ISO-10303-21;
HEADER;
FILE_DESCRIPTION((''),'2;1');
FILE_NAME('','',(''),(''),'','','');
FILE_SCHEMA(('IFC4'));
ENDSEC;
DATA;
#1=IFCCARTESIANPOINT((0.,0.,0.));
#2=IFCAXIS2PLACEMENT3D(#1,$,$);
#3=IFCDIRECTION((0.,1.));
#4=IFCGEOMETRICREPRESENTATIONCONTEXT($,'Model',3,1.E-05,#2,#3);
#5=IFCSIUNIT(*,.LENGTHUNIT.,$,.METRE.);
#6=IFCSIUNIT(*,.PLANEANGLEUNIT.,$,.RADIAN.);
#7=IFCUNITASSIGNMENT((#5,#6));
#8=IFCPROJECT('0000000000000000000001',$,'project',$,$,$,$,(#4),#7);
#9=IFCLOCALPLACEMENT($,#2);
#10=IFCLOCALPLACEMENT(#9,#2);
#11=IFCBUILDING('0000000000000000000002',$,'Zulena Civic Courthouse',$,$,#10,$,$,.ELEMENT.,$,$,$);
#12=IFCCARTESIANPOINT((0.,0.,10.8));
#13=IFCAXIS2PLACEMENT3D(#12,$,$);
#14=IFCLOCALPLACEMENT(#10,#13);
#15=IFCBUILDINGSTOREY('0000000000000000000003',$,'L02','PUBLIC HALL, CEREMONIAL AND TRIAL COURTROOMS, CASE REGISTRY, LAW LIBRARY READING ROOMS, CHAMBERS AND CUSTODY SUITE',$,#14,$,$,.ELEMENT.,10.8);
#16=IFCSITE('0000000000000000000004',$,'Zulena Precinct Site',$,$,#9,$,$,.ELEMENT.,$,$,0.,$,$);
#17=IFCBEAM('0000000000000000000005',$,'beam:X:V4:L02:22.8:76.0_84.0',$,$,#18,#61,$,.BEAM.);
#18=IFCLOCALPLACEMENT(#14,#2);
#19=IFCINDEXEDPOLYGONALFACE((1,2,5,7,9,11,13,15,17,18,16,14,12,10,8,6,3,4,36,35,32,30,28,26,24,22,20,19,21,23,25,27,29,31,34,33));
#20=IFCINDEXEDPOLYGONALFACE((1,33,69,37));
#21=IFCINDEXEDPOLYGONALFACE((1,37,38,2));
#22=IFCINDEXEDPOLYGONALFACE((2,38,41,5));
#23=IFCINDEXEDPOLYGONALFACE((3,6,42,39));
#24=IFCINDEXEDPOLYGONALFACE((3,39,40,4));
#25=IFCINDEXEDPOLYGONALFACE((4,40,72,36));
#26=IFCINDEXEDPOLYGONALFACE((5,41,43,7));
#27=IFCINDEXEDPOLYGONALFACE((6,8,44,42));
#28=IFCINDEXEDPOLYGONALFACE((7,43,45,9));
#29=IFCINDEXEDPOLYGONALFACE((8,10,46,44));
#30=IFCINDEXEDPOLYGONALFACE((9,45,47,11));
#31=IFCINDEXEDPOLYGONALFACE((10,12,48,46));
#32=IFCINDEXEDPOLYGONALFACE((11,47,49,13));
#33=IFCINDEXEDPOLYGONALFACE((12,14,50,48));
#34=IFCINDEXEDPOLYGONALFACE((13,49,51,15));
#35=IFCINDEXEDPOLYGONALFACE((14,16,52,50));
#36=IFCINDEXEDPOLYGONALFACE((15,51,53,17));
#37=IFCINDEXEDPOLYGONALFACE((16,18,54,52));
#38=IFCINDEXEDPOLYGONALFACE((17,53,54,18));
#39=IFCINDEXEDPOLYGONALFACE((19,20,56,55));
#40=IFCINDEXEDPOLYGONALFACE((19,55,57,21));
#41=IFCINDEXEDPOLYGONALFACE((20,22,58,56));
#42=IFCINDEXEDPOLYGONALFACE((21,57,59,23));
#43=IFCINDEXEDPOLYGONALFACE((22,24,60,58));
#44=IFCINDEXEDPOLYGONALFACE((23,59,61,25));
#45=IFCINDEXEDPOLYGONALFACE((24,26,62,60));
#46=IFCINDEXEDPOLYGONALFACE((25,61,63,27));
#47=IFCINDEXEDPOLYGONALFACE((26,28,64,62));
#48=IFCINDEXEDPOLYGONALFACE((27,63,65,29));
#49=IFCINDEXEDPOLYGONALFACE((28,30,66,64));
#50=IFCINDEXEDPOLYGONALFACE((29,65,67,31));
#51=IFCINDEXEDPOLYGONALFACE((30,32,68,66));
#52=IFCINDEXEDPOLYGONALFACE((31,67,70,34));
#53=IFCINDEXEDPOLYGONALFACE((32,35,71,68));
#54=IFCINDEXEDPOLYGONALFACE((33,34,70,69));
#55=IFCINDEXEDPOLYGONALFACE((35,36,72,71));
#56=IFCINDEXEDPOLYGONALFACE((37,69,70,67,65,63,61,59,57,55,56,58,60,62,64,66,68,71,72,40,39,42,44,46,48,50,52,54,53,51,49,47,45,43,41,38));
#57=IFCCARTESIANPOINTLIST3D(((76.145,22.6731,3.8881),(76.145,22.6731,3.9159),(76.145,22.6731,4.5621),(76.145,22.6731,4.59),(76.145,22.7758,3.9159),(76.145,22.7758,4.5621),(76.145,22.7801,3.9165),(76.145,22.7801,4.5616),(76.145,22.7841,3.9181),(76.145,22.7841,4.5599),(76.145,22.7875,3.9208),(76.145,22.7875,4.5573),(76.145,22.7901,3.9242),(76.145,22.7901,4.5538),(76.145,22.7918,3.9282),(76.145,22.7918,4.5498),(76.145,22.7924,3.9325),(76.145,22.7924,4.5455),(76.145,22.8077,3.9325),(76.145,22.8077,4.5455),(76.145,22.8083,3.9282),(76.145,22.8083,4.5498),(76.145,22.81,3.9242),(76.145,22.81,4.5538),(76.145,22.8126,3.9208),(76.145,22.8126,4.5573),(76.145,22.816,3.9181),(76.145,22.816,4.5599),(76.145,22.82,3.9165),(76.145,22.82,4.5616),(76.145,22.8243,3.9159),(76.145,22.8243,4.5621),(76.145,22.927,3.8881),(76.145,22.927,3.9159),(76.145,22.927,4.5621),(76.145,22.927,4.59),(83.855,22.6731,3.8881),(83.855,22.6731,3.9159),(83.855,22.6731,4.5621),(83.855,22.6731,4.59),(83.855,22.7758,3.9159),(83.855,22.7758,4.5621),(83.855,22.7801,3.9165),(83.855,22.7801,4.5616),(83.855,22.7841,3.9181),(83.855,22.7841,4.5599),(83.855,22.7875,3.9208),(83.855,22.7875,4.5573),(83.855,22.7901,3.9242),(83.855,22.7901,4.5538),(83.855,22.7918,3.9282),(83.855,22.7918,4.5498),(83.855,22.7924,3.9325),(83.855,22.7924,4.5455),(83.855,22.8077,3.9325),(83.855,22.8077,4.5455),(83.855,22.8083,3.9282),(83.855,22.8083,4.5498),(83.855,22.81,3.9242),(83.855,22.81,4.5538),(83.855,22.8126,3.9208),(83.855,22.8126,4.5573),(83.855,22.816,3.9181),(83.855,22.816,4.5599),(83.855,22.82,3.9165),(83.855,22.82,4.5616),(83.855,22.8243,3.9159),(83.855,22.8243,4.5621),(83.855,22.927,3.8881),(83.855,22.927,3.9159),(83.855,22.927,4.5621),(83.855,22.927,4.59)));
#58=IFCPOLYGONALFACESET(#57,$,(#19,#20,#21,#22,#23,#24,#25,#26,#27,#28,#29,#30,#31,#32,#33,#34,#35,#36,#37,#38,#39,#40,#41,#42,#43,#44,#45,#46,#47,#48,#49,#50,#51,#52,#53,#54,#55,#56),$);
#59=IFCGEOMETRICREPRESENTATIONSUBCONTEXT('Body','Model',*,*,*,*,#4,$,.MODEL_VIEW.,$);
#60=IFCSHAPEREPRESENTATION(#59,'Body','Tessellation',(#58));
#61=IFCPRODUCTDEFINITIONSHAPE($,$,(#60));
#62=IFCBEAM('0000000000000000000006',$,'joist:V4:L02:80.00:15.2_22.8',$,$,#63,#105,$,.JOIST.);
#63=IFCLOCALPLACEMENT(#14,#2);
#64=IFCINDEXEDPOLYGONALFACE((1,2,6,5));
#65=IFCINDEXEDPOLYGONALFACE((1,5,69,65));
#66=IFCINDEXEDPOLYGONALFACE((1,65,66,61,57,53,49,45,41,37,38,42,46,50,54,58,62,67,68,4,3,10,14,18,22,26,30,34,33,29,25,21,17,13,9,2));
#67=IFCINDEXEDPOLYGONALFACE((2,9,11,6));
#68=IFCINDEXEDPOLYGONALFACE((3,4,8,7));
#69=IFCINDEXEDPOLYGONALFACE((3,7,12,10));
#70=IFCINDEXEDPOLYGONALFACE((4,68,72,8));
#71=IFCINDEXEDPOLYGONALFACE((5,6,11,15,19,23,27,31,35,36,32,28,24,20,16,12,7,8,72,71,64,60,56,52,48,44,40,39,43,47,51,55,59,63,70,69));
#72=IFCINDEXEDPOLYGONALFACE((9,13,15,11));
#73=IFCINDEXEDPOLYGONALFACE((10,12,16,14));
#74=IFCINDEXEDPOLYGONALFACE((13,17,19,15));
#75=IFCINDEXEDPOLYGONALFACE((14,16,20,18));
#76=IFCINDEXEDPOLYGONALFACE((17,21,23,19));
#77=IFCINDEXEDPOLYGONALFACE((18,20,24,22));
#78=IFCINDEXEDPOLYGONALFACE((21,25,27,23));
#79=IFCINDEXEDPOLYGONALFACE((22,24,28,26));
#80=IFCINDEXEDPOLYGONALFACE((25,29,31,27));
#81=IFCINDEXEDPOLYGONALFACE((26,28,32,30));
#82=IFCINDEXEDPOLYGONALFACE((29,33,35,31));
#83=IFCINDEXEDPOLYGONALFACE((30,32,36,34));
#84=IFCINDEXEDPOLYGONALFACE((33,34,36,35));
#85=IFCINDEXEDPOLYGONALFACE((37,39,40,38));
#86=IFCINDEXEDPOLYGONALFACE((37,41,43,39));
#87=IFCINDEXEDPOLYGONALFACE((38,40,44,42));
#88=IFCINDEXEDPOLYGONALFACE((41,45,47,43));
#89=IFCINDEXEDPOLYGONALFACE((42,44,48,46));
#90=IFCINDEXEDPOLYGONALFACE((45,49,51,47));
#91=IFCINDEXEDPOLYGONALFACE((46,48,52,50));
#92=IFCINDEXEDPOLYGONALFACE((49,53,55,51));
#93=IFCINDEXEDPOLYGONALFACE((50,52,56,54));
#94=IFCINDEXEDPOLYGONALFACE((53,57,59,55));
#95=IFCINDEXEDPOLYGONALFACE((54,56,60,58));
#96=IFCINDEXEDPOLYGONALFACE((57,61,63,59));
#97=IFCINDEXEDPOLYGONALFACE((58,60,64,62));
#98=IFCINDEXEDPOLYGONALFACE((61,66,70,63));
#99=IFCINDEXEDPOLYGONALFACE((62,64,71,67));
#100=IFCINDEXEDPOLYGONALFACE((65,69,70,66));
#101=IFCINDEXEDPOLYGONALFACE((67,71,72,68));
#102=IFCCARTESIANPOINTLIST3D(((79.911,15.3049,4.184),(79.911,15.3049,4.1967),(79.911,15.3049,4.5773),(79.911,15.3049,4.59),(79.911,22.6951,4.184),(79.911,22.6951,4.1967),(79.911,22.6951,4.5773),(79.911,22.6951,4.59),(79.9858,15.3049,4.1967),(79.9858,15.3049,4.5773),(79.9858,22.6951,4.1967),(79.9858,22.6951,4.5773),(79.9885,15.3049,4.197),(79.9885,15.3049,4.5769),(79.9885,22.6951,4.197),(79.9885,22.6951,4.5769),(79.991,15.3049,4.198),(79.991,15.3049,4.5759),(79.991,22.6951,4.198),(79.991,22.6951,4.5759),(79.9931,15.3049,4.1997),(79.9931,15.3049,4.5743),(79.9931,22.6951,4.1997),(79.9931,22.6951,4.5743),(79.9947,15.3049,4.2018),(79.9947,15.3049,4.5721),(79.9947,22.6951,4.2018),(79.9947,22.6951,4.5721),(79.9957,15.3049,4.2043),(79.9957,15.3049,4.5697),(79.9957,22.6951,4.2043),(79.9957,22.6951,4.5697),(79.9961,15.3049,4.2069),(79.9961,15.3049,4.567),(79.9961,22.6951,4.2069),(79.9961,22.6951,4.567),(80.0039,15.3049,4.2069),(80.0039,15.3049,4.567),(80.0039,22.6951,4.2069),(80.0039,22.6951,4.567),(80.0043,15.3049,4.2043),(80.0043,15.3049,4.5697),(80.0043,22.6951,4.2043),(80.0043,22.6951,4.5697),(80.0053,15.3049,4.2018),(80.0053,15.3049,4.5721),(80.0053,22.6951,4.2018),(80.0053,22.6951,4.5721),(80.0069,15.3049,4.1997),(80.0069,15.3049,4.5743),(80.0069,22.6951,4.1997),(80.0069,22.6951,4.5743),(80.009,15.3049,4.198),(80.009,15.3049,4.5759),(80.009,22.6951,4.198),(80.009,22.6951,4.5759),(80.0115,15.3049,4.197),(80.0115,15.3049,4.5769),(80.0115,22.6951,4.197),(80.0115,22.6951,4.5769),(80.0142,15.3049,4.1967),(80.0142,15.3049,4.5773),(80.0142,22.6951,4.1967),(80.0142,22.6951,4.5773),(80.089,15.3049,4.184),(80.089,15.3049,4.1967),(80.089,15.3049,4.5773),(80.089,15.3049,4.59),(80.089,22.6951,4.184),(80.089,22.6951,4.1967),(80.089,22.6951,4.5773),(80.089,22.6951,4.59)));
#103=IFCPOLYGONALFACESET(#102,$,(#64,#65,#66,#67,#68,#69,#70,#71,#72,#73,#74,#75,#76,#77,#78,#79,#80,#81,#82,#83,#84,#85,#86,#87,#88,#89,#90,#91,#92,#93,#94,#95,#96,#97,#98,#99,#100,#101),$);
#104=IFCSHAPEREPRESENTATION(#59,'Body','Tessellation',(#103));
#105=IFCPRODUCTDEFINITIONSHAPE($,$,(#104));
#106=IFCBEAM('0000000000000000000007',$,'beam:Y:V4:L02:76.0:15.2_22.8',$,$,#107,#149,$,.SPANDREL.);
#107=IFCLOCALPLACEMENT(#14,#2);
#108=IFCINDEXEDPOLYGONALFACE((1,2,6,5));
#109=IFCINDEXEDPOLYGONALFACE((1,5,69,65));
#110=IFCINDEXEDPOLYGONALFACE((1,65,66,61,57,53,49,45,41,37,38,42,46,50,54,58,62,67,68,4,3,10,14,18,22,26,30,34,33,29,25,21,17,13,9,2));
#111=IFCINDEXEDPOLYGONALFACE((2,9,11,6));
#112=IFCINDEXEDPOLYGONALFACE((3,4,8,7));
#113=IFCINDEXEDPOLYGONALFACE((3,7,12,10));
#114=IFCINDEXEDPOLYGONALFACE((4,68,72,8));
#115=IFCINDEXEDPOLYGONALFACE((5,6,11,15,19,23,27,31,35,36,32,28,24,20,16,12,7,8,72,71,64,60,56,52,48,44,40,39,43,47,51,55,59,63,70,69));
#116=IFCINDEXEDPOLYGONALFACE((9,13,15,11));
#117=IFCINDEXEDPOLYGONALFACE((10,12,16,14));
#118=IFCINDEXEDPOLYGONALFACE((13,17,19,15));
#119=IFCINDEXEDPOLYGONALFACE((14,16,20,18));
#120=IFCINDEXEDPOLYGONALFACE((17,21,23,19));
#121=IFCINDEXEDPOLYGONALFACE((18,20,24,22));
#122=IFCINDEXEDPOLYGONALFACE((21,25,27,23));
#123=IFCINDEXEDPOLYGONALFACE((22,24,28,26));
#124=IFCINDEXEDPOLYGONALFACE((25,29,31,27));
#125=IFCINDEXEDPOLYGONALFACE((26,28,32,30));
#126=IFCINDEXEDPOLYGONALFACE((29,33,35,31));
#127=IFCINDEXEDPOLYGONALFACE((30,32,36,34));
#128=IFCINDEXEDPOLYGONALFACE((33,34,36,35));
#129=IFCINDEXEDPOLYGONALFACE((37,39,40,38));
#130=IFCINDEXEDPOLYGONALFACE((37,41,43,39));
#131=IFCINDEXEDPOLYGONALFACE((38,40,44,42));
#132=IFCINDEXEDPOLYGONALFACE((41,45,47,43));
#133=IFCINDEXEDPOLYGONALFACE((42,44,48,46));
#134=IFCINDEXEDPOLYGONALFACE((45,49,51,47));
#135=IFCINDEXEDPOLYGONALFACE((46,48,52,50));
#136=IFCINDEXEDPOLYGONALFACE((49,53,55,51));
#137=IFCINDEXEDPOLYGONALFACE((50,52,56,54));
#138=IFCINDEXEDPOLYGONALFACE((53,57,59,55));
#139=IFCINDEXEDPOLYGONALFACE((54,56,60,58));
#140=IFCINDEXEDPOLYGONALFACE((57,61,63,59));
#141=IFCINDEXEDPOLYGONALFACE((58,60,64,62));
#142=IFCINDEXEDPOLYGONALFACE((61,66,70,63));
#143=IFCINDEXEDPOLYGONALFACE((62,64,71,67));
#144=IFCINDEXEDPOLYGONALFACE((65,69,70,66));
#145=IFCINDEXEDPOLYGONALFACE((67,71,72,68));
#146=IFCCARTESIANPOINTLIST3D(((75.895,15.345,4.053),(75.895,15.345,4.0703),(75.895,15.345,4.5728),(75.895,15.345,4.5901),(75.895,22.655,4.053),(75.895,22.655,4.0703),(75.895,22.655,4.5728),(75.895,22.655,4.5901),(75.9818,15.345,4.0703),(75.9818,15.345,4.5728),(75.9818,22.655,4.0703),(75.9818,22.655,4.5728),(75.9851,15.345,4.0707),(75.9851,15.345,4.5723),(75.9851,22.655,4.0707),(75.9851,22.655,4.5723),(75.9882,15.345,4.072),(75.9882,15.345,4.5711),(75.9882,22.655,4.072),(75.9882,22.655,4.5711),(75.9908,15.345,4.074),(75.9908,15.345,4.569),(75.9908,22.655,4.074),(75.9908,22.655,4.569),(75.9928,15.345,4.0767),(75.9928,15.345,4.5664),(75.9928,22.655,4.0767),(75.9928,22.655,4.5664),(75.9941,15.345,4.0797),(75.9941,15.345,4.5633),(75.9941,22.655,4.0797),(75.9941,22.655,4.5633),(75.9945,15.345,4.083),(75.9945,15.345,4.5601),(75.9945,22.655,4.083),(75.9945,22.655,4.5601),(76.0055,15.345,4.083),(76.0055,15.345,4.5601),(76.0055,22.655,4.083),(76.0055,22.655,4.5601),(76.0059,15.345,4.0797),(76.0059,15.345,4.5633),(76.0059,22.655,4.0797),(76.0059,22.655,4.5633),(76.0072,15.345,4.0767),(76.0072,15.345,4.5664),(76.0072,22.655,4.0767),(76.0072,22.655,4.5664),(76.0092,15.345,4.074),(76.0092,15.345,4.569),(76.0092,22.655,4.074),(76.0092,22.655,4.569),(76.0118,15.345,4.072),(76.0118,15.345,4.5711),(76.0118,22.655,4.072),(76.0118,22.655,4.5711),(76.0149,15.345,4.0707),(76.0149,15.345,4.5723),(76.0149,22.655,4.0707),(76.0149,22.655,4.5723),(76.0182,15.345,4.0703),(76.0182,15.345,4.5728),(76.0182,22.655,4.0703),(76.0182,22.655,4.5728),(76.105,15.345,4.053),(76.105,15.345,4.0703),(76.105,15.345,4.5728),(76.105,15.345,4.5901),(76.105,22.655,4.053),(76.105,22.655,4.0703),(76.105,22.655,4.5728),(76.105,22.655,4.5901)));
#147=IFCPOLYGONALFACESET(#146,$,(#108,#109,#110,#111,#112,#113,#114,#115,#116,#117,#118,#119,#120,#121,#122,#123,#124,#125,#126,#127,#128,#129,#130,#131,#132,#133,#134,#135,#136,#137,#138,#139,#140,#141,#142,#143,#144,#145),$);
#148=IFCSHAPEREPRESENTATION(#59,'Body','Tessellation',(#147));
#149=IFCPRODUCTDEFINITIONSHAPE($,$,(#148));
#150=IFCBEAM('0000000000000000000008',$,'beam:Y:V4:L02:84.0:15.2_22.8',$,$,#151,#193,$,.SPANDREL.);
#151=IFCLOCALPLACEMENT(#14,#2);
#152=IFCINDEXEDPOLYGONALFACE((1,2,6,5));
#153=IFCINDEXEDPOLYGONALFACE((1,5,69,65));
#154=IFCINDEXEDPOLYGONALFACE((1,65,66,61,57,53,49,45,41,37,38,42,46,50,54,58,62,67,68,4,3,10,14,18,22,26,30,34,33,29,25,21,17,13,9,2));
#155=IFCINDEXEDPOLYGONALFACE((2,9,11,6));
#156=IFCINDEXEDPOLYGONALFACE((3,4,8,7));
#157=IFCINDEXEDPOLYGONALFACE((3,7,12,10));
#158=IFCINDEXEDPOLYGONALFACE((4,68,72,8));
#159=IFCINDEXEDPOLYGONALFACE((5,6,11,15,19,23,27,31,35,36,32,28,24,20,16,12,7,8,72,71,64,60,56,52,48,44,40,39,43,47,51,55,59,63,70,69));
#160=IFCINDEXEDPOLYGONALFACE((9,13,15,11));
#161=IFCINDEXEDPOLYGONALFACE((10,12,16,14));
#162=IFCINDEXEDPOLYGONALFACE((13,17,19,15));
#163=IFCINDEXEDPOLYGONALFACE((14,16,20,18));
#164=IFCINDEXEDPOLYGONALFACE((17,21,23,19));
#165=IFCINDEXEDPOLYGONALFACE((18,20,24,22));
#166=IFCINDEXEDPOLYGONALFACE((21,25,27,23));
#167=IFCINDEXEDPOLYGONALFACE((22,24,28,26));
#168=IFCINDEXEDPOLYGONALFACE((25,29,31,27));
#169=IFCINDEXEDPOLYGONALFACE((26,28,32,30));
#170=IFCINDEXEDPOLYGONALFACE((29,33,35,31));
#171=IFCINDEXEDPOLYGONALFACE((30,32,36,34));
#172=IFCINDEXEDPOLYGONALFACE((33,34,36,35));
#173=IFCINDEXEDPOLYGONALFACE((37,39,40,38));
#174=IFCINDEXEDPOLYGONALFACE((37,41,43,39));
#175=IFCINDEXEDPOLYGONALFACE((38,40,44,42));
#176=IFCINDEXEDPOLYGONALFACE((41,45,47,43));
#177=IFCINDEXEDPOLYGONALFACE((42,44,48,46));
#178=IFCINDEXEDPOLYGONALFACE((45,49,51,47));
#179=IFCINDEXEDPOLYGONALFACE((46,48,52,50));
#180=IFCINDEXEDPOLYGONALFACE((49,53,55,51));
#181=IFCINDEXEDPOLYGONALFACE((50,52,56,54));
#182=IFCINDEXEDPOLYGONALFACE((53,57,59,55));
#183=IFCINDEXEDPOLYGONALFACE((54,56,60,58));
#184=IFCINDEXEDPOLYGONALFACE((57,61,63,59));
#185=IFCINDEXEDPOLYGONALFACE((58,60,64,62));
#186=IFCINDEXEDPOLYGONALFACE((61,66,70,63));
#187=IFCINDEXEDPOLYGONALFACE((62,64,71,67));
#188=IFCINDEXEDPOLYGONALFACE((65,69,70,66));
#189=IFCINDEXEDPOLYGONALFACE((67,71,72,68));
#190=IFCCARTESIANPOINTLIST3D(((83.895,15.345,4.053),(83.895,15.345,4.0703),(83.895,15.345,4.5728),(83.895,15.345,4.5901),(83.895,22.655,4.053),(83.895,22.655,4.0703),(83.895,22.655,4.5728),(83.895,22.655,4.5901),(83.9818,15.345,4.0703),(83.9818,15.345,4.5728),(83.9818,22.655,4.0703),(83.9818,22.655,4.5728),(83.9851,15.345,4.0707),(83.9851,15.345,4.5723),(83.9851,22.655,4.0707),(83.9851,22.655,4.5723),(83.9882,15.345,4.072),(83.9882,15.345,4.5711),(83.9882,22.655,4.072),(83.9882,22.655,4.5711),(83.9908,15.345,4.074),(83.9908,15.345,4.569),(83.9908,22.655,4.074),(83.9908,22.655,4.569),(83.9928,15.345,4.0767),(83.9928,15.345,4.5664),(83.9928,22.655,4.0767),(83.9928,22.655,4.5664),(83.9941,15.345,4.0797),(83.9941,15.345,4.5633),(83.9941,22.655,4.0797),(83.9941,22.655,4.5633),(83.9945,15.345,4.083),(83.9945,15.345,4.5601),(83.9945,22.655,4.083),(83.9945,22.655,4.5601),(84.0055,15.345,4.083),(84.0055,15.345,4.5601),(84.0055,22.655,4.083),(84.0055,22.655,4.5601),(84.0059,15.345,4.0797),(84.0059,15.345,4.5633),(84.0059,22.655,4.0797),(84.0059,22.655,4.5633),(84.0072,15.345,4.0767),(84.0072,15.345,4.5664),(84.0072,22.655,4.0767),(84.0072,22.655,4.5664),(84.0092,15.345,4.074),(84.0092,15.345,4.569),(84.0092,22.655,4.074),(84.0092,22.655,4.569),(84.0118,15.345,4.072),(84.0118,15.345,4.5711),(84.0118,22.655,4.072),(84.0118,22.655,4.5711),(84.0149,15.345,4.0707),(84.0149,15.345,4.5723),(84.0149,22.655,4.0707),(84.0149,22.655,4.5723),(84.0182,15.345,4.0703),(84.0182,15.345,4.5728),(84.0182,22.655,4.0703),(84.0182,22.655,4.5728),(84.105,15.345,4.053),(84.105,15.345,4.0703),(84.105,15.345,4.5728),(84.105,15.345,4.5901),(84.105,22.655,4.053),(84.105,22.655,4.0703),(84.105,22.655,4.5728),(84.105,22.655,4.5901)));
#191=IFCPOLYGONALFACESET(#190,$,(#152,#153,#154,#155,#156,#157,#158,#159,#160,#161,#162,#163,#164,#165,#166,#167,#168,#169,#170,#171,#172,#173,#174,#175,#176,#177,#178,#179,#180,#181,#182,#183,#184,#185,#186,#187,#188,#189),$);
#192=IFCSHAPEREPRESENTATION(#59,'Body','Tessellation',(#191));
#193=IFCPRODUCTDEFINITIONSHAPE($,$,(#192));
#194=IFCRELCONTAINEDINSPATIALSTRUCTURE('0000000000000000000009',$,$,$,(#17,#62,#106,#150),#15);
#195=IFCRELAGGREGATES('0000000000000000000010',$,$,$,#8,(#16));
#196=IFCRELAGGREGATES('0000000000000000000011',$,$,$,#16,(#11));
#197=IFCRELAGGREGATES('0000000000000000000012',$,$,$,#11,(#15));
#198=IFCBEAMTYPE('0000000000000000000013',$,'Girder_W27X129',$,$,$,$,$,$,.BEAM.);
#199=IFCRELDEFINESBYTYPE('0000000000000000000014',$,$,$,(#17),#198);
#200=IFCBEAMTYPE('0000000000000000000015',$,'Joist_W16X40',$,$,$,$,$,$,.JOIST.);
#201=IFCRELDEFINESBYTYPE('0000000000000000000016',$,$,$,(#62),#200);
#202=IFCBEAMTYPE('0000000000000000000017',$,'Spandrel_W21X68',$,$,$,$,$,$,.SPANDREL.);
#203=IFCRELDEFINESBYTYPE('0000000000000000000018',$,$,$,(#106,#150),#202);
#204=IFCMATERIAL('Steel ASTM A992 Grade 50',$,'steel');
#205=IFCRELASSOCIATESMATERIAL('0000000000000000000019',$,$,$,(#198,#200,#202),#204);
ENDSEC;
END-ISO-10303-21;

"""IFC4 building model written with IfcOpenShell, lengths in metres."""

from ifc_helpers import new_model, si_unit, direction, frame, origin, origin_2d, place, context, subcontext, project, spatial, i_section, extrude, material, material_profile, profile_set, type_object, element, save


model = new_model("IFC4")

# Units and contexts
model_context = context("Model", 3, precision=1e-05, world=origin(), true_north=direction((0.0, 1.0)))
body_context = subcontext(model_context, "Body", "Model", "MODEL_VIEW")
ifc_project = project(units=[si_unit("LENGTHUNIT", "METRE"), si_unit("PLANEANGLEUNIT", "RADIAN")], contexts=[model_context])

# Site, building, storey
site_placement = place(None, origin())
site = spatial("IfcSite", under=ifc_project, at=site_placement, Name="Zulena Precinct Site", CompositionType="ELEMENT", RefElevation=0.0)
building_placement = place(site_placement, origin())
building = spatial("IfcBuilding", under=site, at=building_placement, Name="Zulena Civic Courthouse", CompositionType="ELEMENT")
storey_placement = place(building_placement, frame((0.0, 0.0, 10.8)))
storey = spatial("IfcBuildingStorey", under=building, at=storey_placement, Name="L02", Description="PUBLIC HALL, CEREMONIAL AND TRIAL COURTROOMS, CASE REGISTRY, LAW LIBRARY READING ROOMS, CHAMBERS AND CUSTODY SUITE", CompositionType="ELEMENT", Elevation=10.8)

# Shared definitions
ifc_material_1 = material(Name="Steel ASTM A992 Grade 50", Category="steel")

# Beams
ifc_material_profile_1 = material_profile(ifc_material_1, i_section(OverallWidth=0.2539, OverallDepth=0.7019, WebThickness=0.0154, FlangeThickness=0.0278, FilletRadius=0.0166, at=origin_2d()), Name="W27X129")
ifc_profile_set_1 = profile_set([ifc_material_profile_1], Name="Steel ASTM A992 Grade 50")
beam_type_1 = type_object("IfcBeamType", Name="Girder_W27X129", PredefinedType="BEAM", material=ifc_profile_set_1)
beam_1_placement = place(storey_placement, frame((76.145, 22.8, 4.239), z_axis=(1.0, 0.0, 0.0), x_axis=(0.0, 1.0, 0.0)))
element("IfcBeam", 1, at=beam_1_placement, inside=storey, type_object=beam_type_1, Name="beam:X:V4:L02:22.8:76.0_84.0", PredefinedType="BEAM", context=body_context, shape_type="SweptSolid", body=[
    extrude(i_section(OverallWidth=0.2539, OverallDepth=0.7019, WebThickness=0.0154, FlangeThickness=0.0278, FilletRadius=0.0166, at=origin_2d()), origin(), (0.0, 0.0, 1.0), 7.71),
])
ifc_material_profile_2 = material_profile(ifc_material_1, i_section(OverallWidth=0.178, OverallDepth=0.406, WebThickness=0.0078, FlangeThickness=0.0127, FilletRadius=0.0103, at=origin_2d()), Name="W16X40")
ifc_profile_set_2 = profile_set([ifc_material_profile_2], Name="Steel ASTM A992 Grade 50")
beam_type_2 = type_object("IfcBeamType", Name="Joist_W16X40", PredefinedType="JOIST", material=ifc_profile_set_2)
beam_2_placement = place(storey_placement, frame((80.0, 15.3049, 4.387), z_axis=(0.0, 1.0, 0.0), x_axis=(-1.0, 0.0, 0.0)))
element("IfcBeam", 2, at=beam_2_placement, inside=storey, type_object=beam_type_2, Name="joist:V4:L02:80.00:15.2_22.8", PredefinedType="JOIST", context=body_context, shape_type="SweptSolid", body=[
    extrude(i_section(OverallWidth=0.178, OverallDepth=0.406, WebThickness=0.0078, FlangeThickness=0.0127, FilletRadius=0.0103, at=origin_2d()), origin(), (0.0, 0.0, 1.0), 7.3901),
])
ifc_material_profile_3 = material_profile(ifc_material_1, i_section(OverallWidth=0.21, OverallDepth=0.5371, WebThickness=0.011, FlangeThickness=0.0173, FilletRadius=0.0127, at=origin_2d()), Name="W21X68")
ifc_profile_set_3 = profile_set([ifc_material_profile_3], Name="Steel ASTM A992 Grade 50")
beam_type_3 = type_object("IfcBeamType", Name="Spandrel_W21X68", PredefinedType="SPANDREL", material=ifc_profile_set_3)
for number, where, z_axis, x_axis, name in (
    (3, (76.0, 15.345, 4.3215), (0.0, 1.0, 0.0), (-1.0, 0.0, 0.0), "beam:Y:V4:L02:76.0:15.2_22.8"),
    (4, (84.0, 15.345, 4.3215), (0.0, 1.0, 0.0), (-1.0, 0.0, 0.0), "beam:Y:V4:L02:84.0:15.2_22.8"),
):
    element("IfcBeam", number, at=place(storey_placement, frame(where, z_axis=z_axis, x_axis=x_axis)), inside=storey, type_object=beam_type_3, Name=name, PredefinedType="SPANDREL", context=body_context, shape_type="SweptSolid", body=[
        extrude(i_section(OverallWidth=0.21, OverallDepth=0.5371, WebThickness=0.011, FlangeThickness=0.0173, FilletRadius=0.0127, at=origin_2d()), origin(), (0.0, 0.0, 1.0), 7.3101),
    ])

save(model, "model.ifc")
